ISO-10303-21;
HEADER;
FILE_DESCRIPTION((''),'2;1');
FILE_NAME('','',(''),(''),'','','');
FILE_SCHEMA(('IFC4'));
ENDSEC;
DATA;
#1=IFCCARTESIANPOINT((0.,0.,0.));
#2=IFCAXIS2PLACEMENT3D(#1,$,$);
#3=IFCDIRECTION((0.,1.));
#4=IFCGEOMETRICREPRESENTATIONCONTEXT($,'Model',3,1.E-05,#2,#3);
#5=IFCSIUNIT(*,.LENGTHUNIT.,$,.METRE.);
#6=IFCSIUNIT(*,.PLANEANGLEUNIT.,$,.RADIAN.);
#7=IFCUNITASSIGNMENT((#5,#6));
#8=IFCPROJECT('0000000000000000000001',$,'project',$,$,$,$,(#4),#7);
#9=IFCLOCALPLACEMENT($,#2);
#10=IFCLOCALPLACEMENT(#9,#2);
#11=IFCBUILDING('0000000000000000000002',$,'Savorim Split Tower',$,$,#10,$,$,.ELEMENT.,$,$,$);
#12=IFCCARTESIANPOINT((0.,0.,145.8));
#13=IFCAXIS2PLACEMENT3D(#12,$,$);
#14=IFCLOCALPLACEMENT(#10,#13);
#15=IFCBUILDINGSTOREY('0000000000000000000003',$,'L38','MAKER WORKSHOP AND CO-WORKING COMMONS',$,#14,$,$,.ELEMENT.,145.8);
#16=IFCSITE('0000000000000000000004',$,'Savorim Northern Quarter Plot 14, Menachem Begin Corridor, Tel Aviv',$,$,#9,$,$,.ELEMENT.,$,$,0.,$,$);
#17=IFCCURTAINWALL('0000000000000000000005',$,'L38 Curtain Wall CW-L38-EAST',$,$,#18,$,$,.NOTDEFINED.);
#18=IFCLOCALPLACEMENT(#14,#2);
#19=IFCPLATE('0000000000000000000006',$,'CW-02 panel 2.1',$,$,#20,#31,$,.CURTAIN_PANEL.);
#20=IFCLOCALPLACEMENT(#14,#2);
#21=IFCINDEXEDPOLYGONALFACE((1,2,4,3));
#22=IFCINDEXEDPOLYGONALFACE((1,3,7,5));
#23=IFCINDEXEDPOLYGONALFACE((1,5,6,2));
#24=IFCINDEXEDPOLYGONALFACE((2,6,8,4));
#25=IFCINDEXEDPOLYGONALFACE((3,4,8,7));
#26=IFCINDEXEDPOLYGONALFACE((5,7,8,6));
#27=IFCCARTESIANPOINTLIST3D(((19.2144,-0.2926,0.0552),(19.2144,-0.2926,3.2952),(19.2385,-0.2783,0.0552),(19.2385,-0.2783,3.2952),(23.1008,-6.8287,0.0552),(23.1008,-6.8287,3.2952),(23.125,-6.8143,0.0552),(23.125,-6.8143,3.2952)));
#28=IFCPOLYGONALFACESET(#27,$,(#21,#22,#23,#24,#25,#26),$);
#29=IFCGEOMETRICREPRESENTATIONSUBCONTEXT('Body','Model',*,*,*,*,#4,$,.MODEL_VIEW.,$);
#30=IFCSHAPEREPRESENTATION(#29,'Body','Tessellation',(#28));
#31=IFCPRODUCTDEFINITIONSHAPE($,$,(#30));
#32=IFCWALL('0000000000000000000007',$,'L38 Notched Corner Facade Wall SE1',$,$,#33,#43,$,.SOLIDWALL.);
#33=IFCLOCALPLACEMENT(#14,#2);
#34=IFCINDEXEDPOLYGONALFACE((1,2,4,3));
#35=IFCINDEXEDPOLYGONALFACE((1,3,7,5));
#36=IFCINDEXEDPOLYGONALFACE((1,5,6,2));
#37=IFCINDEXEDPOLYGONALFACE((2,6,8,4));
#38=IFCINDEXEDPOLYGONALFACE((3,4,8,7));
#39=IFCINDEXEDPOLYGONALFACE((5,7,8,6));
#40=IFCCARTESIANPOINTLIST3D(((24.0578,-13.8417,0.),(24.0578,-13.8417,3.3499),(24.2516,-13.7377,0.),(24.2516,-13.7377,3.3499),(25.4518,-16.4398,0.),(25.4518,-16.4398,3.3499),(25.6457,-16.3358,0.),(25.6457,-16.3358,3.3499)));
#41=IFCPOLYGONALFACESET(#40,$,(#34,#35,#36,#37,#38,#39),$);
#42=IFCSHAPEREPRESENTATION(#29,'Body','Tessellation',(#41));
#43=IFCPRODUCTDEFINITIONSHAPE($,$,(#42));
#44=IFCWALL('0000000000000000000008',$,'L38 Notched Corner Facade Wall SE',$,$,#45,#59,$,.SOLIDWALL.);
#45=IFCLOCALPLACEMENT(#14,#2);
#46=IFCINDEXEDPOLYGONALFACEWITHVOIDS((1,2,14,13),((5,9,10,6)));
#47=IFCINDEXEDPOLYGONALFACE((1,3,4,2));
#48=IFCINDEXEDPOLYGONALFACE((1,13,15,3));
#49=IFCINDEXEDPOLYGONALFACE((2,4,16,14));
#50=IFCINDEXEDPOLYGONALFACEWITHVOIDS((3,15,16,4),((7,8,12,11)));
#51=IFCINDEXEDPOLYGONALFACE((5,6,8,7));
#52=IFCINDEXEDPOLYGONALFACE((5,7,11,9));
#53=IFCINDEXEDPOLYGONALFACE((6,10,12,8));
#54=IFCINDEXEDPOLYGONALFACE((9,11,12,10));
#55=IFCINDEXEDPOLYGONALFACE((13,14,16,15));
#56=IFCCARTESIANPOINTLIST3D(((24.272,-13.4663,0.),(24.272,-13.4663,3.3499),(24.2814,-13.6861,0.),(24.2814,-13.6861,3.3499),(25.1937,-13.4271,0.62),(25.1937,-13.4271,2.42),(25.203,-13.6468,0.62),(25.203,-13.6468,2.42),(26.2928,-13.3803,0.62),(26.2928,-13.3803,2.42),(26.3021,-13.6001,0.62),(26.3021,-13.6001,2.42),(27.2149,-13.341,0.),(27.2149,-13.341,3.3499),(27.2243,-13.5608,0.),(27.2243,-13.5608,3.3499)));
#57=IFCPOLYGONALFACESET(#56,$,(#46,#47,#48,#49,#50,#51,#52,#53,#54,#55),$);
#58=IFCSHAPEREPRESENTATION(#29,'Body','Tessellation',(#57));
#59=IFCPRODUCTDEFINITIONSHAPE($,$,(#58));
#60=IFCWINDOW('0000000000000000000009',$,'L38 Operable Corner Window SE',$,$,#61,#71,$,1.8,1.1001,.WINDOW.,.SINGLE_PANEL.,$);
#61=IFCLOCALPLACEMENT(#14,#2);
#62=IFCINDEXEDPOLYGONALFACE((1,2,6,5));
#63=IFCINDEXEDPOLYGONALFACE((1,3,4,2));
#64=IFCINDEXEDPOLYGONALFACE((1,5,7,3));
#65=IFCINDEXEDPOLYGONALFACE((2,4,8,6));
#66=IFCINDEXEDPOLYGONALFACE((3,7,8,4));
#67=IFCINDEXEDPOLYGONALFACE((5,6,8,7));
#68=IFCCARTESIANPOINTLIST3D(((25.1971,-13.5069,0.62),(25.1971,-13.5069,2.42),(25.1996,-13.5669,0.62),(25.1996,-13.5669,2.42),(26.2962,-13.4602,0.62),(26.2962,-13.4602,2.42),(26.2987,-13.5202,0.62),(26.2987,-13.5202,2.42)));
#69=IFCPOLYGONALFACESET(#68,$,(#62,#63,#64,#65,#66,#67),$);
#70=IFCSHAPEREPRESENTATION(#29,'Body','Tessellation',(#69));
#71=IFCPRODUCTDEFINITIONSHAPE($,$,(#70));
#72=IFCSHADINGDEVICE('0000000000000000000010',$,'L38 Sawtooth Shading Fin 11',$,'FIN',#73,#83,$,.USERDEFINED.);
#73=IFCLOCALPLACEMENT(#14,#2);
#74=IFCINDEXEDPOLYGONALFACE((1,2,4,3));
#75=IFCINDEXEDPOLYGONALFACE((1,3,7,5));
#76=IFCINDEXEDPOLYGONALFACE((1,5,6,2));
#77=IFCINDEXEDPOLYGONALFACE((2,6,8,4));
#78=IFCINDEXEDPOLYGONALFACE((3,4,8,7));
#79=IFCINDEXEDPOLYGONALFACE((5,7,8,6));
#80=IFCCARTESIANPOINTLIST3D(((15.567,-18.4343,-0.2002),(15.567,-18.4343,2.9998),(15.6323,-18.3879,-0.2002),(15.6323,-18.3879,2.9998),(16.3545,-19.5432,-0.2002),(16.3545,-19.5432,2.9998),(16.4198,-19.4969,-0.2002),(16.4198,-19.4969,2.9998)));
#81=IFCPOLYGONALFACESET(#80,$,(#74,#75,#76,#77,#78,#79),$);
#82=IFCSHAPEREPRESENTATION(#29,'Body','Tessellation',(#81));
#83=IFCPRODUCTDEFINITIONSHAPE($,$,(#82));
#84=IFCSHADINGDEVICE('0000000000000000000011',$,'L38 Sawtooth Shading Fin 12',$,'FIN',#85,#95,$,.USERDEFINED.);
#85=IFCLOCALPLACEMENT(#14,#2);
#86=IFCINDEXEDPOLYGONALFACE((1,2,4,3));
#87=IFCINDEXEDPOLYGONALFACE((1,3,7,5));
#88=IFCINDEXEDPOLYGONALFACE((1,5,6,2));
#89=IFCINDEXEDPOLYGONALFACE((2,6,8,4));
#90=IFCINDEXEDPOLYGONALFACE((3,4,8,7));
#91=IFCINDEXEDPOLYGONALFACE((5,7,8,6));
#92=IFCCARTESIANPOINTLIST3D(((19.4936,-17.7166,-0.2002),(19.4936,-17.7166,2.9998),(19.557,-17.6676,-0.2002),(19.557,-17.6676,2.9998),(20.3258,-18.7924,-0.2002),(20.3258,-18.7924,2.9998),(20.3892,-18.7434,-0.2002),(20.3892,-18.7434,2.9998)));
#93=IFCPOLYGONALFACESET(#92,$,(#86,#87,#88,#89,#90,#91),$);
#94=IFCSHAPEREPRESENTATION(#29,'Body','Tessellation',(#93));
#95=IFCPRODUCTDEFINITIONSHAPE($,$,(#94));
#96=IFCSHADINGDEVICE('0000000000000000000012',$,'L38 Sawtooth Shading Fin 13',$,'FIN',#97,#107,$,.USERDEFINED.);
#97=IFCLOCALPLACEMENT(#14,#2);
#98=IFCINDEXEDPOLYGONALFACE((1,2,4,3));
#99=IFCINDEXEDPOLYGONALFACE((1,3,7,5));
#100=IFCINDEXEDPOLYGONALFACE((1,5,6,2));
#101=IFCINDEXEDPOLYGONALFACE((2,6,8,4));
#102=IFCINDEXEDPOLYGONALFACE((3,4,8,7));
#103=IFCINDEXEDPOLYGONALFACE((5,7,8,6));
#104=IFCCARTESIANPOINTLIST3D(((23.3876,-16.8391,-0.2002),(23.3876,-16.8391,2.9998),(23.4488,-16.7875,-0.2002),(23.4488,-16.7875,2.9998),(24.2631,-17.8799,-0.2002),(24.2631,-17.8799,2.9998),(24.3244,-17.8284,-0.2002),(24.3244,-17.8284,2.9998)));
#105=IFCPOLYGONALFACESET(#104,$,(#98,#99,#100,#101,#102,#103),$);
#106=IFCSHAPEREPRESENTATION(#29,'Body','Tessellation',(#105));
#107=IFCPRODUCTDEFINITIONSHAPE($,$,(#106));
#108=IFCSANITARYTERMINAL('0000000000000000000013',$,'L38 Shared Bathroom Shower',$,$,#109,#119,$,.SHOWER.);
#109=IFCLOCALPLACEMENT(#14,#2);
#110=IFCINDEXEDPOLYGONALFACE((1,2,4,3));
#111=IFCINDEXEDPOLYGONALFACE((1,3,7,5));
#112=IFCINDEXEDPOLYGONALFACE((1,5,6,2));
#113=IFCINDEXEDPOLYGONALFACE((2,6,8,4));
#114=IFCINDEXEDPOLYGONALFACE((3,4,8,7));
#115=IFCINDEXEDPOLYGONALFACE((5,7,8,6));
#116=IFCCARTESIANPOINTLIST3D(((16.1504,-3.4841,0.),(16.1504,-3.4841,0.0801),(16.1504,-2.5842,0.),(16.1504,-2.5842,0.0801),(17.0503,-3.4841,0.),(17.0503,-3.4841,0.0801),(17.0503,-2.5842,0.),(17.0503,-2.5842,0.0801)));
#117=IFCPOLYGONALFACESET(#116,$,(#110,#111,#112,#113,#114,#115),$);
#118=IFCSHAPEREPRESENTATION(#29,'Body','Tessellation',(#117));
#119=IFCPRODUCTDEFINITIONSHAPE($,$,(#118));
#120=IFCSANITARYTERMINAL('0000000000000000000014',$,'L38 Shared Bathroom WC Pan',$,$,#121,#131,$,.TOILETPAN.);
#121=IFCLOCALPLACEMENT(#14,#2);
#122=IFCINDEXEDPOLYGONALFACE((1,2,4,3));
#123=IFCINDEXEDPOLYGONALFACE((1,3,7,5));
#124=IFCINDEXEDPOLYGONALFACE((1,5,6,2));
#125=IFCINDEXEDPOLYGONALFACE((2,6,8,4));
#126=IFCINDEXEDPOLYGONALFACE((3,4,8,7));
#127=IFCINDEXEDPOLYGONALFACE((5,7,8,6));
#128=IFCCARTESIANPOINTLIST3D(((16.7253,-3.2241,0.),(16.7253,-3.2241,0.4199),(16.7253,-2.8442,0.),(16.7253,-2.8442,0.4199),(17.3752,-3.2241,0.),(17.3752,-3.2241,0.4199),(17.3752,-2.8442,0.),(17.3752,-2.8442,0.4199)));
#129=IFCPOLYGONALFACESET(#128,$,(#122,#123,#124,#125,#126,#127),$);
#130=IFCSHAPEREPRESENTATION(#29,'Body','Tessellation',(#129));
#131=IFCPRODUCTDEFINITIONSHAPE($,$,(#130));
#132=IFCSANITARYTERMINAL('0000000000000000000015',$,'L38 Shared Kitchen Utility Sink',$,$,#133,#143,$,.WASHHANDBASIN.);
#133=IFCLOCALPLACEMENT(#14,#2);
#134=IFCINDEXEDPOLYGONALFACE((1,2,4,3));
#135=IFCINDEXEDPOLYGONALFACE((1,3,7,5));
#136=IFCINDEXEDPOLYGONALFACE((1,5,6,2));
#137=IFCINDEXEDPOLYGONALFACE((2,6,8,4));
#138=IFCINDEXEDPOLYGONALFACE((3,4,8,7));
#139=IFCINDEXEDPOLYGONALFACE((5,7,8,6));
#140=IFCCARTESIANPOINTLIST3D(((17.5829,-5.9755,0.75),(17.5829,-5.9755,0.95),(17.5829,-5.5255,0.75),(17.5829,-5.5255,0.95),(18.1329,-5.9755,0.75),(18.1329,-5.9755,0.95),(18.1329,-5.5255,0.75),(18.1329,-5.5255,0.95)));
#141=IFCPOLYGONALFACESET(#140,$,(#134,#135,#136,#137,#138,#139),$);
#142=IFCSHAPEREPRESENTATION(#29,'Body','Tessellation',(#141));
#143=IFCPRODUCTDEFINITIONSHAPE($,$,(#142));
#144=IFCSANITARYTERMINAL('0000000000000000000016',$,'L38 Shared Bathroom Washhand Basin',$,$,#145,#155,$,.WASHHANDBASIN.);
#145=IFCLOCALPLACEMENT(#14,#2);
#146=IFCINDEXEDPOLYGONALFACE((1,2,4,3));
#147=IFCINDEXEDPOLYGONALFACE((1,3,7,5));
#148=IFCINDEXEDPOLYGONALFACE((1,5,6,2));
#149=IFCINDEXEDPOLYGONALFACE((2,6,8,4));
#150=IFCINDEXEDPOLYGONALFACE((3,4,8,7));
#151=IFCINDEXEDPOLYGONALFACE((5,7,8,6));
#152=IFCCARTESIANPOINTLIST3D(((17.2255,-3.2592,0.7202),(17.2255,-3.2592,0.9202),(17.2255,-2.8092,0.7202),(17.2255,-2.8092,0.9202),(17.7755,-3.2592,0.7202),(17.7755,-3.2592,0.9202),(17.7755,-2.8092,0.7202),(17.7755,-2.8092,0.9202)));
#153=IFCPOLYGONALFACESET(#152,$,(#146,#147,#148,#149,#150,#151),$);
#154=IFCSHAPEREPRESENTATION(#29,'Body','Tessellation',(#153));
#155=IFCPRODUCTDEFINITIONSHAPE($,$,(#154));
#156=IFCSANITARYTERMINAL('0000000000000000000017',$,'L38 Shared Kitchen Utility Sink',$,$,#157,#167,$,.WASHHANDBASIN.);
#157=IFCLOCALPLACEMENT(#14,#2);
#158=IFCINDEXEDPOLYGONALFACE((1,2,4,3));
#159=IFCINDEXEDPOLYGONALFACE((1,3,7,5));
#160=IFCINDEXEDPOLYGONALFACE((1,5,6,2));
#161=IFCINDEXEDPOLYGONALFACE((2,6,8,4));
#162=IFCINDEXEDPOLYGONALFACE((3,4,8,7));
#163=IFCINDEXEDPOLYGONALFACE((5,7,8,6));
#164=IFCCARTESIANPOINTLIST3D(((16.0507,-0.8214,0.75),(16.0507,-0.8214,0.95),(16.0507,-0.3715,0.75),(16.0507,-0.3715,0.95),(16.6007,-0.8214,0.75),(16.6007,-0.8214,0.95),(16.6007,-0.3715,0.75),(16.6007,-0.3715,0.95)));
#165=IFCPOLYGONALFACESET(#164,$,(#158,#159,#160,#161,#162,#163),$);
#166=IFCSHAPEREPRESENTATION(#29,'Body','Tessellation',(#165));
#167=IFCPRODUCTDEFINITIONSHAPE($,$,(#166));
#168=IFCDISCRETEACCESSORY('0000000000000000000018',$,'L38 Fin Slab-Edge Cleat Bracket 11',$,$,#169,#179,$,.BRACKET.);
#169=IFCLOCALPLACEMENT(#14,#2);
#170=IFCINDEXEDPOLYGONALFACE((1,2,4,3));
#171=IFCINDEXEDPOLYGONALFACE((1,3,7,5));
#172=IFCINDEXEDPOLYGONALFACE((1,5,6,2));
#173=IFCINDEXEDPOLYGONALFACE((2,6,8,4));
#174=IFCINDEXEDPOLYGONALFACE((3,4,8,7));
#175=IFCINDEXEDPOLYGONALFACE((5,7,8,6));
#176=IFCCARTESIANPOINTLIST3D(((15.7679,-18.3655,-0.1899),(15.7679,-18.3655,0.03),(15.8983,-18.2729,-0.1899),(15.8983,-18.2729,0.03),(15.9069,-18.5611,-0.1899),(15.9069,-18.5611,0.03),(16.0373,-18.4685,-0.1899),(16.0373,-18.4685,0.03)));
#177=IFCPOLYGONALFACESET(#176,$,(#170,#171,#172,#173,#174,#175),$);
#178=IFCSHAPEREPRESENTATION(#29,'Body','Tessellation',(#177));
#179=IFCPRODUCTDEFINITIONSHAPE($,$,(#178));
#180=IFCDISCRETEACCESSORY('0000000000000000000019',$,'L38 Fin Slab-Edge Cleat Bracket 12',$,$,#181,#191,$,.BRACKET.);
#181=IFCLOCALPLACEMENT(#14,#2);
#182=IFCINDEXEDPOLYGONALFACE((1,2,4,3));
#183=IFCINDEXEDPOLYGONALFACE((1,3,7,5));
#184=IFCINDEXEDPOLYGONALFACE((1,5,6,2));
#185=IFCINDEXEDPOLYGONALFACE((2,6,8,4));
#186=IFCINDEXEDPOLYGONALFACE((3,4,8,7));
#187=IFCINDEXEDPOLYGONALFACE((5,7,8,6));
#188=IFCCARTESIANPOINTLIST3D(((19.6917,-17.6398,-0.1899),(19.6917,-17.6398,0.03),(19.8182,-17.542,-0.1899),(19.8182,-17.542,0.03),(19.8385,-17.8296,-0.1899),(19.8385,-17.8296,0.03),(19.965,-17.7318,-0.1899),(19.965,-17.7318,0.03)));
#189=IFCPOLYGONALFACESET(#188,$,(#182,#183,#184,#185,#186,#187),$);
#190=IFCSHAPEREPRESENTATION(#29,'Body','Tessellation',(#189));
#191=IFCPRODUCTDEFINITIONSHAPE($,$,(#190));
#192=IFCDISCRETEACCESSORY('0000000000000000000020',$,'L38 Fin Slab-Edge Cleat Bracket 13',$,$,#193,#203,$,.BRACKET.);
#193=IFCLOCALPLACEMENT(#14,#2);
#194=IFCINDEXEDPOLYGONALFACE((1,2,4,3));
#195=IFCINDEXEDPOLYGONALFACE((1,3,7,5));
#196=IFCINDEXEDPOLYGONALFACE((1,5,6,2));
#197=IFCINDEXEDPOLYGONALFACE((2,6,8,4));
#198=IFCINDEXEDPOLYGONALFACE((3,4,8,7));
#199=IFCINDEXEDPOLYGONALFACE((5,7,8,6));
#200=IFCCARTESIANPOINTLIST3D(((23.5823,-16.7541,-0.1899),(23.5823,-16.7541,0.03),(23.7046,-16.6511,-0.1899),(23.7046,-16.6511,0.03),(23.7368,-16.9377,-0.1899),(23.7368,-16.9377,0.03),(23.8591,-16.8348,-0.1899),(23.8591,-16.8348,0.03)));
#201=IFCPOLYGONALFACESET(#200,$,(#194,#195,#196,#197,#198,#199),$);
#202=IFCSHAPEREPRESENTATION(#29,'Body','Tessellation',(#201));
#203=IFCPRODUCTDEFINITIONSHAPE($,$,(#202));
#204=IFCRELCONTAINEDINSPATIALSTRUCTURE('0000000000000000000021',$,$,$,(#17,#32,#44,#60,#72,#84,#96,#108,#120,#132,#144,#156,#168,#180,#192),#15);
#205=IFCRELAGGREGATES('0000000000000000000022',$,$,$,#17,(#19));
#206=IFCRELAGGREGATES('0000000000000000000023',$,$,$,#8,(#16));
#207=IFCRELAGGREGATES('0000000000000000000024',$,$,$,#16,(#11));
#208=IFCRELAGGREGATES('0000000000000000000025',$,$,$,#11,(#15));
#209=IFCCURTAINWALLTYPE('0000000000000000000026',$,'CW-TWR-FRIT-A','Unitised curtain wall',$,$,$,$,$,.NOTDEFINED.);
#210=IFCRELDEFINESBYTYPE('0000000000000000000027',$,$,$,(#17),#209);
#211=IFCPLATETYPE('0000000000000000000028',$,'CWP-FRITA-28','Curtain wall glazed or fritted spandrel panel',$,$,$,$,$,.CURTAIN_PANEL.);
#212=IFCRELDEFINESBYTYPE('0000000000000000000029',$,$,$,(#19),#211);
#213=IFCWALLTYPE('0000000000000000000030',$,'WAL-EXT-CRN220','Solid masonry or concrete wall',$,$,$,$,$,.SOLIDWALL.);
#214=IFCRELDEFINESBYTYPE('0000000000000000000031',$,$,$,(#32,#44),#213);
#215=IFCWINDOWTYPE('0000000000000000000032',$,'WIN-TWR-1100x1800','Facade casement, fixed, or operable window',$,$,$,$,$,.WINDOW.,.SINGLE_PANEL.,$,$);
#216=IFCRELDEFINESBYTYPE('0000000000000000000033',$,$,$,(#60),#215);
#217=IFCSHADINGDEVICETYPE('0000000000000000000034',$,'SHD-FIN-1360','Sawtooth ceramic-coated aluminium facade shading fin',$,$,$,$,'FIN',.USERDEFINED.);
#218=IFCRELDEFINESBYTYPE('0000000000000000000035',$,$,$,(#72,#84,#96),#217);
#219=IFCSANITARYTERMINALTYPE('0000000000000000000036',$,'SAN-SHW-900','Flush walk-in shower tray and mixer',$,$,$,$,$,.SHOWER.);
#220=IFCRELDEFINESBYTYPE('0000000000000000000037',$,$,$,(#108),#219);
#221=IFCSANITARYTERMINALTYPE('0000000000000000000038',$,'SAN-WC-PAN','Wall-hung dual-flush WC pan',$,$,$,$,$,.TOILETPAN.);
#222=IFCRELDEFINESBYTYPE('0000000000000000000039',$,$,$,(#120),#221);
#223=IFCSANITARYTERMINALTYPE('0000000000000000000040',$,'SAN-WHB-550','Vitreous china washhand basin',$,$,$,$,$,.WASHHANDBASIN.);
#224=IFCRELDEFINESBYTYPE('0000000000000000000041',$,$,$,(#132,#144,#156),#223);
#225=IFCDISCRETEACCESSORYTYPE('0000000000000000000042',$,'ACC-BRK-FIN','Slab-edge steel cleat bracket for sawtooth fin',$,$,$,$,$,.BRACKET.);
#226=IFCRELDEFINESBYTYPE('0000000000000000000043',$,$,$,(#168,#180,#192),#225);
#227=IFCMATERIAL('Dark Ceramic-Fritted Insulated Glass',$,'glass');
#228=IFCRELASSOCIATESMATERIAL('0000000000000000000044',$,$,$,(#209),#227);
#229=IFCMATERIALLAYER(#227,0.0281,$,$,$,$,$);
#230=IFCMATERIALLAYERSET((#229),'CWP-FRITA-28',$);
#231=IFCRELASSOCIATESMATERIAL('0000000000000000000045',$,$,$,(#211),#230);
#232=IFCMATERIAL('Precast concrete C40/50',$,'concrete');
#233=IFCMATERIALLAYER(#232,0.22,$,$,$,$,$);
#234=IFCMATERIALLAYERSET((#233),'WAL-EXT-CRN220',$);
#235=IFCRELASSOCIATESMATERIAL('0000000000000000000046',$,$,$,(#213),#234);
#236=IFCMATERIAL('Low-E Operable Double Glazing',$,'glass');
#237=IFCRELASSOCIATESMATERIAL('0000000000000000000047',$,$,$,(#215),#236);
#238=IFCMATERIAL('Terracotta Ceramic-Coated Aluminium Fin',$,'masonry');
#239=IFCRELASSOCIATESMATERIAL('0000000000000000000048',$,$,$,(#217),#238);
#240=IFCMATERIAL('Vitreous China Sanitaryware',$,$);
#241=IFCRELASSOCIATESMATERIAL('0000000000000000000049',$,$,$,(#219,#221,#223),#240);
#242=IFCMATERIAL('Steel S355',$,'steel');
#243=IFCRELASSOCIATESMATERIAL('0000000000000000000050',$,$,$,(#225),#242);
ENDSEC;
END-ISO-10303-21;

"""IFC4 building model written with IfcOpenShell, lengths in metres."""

from ifc_helpers import new_model, si_unit, direction, frame, frame_2d, origin, origin_2d, place, context, subcontext, project, spatial, rectangle, extrude, material, layer, layer_set, type_object, element, fill, aggregate, save


model = new_model("IFC4")

# Units and contexts
model_context = context("Model", 3, precision=1e-05, world=origin(), true_north=direction((0.0, 1.0)))
body_context = subcontext(model_context, "Body", "Model", "MODEL_VIEW")
ifc_project = project(units=[si_unit("LENGTHUNIT", "METRE"), si_unit("PLANEANGLEUNIT", "RADIAN")], contexts=[model_context])

# Site, building, storey
site_placement = place(None, origin())
site = spatial("IfcSite", under=ifc_project, at=site_placement, Name="Savorim Northern Quarter Plot 14, Menachem Begin Corridor, Tel Aviv", CompositionType="ELEMENT", RefElevation=0.0)
building_placement = place(site_placement, origin())
building = spatial("IfcBuilding", under=site, at=building_placement, Name="Savorim Split Tower", CompositionType="ELEMENT")
storey_placement = place(building_placement, frame((0.0, 0.0, 145.8)))
storey = spatial("IfcBuildingStorey", under=building, at=storey_placement, Name="L38", Description="MAKER WORKSHOP AND CO-WORKING COMMONS", CompositionType="ELEMENT", Elevation=145.8)

# Shared definitions
ifc_material_1 = material(Name="Steel S355", Category="steel")

# Curtain wall
ifc_material_2 = material(Name="Dark Ceramic-Fritted Insulated Glass", Category="glass")
curtain_wall_type = type_object("IfcCurtainWallType", Name="CW-TWR-FRIT-A", Description="Unitised curtain wall", PredefinedType="NOTDEFINED", material=ifc_material_2)
curtain_wall_1_placement = place(storey_placement, origin())
curtain_wall_1 = element("IfcCurtainWall", 1, at=curtain_wall_1_placement, inside=storey, type_object=curtain_wall_type, Name="L38 Curtain Wall CW-L38-EAST", PredefinedType="NOTDEFINED")

# Plate
ifc_layer_1 = layer(ifc_material_2, 0.0281)
ifc_layer_set_1 = layer_set([ifc_layer_1], Name="CWP-FRITA-28")
plate_type = type_object("IfcPlateType", Name="CWP-FRITA-28", Description="Curtain wall glazed or fritted spandrel panel", PredefinedType="CURTAIN_PANEL", material=ifc_layer_set_1)
plate_1_placement = place(storey_placement, frame((21.1697, -3.5535, 0.0552), z_axis=(0.0, 0.0, 1.0), x_axis=(-0.511091, 0.859526, 0.0)))
plate_1 = element("IfcPlate", 2, at=plate_1_placement, type_object=plate_type, Name="CW-02 panel 2.1", PredefinedType="CURTAIN_PANEL", context=body_context, shape_type="SweptSolid", body=[
    extrude(rectangle(XDim=7.6042, YDim=0.0281, at=origin_2d()), origin(), (0.0, 0.0, 1.0), 3.24),
])
aggregate(curtain_wall_1, [plate_1])

# Wall
ifc_material_3 = material(Name="Precast concrete C40/50", Category="concrete")
ifc_layer_2 = layer(ifc_material_3, 0.22)
ifc_layer_set_2 = layer_set([ifc_layer_2], Name="WAL-EXT-CRN220")
wall_type = type_object("IfcWallType", Name="WAL-EXT-CRN220", Description="Solid masonry or concrete wall", PredefinedType="SOLIDWALL", material=ifc_layer_set_2)
wall_1_placement = place(storey_placement, frame((24.1548, -13.7898, 0.0), z_axis=(0.0, 0.0, 1.0), x_axis=(0.472796, -0.881172, 0.0)))
element("IfcWall", 3, at=wall_1_placement, inside=storey, type_object=wall_type, Name="L38 Notched Corner Facade Wall SE1", PredefinedType="SOLIDWALL", context=body_context, shape_type="SweptSolid", body=[
    extrude(rectangle(XDim=2.9485, YDim=0.22, at=frame_2d((1.4741, 0.0))), origin(), (0.0, 0.0, 1.0), 3.3499),
])

# Wall, opening, window
wall_2_placement = place(storey_placement, frame((27.2195, -13.4509, 0.0), z_axis=(0.0, 0.0, 1.0), x_axis=(-0.999096, -0.04252, 0.0)))
wall_2 = element("IfcWall", 4, at=wall_2_placement, inside=storey, type_object=wall_type, Name="L38 Notched Corner Facade Wall SE", PredefinedType="SOLIDWALL", context=body_context, shape_type="SweptSolid", body=[
    extrude(rectangle(XDim=2.9456, YDim=0.22, at=frame_2d((1.4727, 0.0))), origin(), (0.0, 0.0, 1.0), 3.3499),
])
opening_placement = place(wall_2_placement, frame((0.9229, 0.0, 0.6201)))
opening = element("IfcOpeningElement", 5, at=opening_placement, cuts=wall_2, PredefinedType="OPENING", context=body_context, shape_type="SweptSolid", body=[
    extrude(rectangle(XDim=1.1001, YDim=1.8, at=frame_2d((0.55, 0.8999))), frame((0.0, 0.1199, 0.0), z_axis=(0.0, -1.0, 0.0), x_axis=(1.0, 0.0, 0.0)), (0.0, 0.0, 1.0), 0.24),
])
ifc_material_4 = material(Name="Low-E Operable Double Glazing", Category="glass")
window_type = type_object("IfcWindowType", Name="WIN-TWR-1100x1800", Description="Facade casement, fixed, or operable window", PartitioningType="SINGLE_PANEL", PredefinedType="WINDOW", material=ifc_material_4)
window_placement = place(opening_placement, origin())
window = element("IfcWindow", 6, at=window_placement, inside=storey, type_object=window_type, Name="L38 Operable Corner Window SE", OverallHeight=1.8, OverallWidth=1.1001, PartitioningType="SINGLE_PANEL", PredefinedType="WINDOW", context=body_context, shape_type="SweptSolid", body=[
    extrude(rectangle(XDim=1.1001, YDim=1.8, at=frame_2d((0.55, 0.8999))), frame((0.0, 0.03, 0.0), z_axis=(0.0, -1.0, 0.0), x_axis=(1.0, 0.0, 0.0)), (0.0, 0.0, 1.0), 0.0601),
])
fill(opening, window)

# Shading devices
ifc_material_5 = material(Name="Terracotta Ceramic-Coated Aluminium Fin", Category="masonry")
shading_device_type = type_object("IfcShadingDeviceType", Name="SHD-FIN-1360", Description="Sawtooth ceramic-coated aluminium facade shading fin", ElementType="FIN", PredefinedType="USERDEFINED", material=ifc_material_5)
for number, where, z_axis, x_axis, name in (
    (7, (15.9934, -18.9656, -0.2002), (0.0, 0.0, 1.0), (0.578994, -0.815332, 0.0), "L38 Sawtooth Shading Fin 11"),
    (8, (19.9414, -18.23, -0.2002), (0.0, 0.0, 1.0), (0.611868, -0.79096, 0.0), "L38 Sawtooth Shading Fin 12"),
    (9, (23.856, -17.3337, -0.2002), (0.0, 0.0, 1.0), (0.643719, -0.765262, 0.0), "L38 Sawtooth Shading Fin 13"),
):
    element("IfcShadingDevice", number, at=place(storey_placement, frame(where, z_axis=z_axis, x_axis=x_axis)), inside=storey, type_object=shading_device_type, Name=name, ObjectType="FIN", PredefinedType="USERDEFINED", context=body_context, shape_type="SweptSolid", body=[
        extrude(rectangle(XDim=1.3601, YDim=0.0801, at=origin_2d()), origin(), (0.0, 0.0, 1.0), 3.2),
    ])

# Sanitary terminals
ifc_material_6 = material(Name="Vitreous China Sanitaryware")
sanitary_terminal_type_1 = type_object("IfcSanitaryTerminalType", Name="SAN-SHW-900", Description="Flush walk-in shower tray and mixer", PredefinedType="SHOWER", material=ifc_material_6)
sanitary_terminal_1_placement = place(storey_placement, frame((16.6003, -3.0342, 0.0), z_axis=(0.0, 0.0, 1.0), x_axis=(1.0, 0.0, 0.0)))
element("IfcSanitaryTerminal", 10, at=sanitary_terminal_1_placement, inside=storey, type_object=sanitary_terminal_type_1, Name="L38 Shared Bathroom Shower", PredefinedType="SHOWER", context=body_context, shape_type="SweptSolid", body=[
    extrude(rectangle(XDim=0.8999, YDim=0.8999, at=origin_2d()), origin(), (0.0, 0.0, 1.0), 0.0801),
])
sanitary_terminal_type_2 = type_object("IfcSanitaryTerminalType", Name="SAN-WC-PAN", Description="Wall-hung dual-flush WC pan", PredefinedType="TOILETPAN", material=ifc_material_6)
sanitary_terminal_2_placement = place(storey_placement, frame((17.0503, -3.0342, 0.0), z_axis=(0.0, 0.0, 1.0), x_axis=(1.0, 0.0, 0.0)))
element("IfcSanitaryTerminal", 11, at=sanitary_terminal_2_placement, inside=storey, type_object=sanitary_terminal_type_2, Name="L38 Shared Bathroom WC Pan", PredefinedType="TOILETPAN", context=body_context, shape_type="SweptSolid", body=[
    extrude(rectangle(XDim=0.6499, YDim=0.3799, at=origin_2d()), origin(), (0.0, 0.0, 1.0), 0.4199),
])
sanitary_terminal_type_3 = type_object("IfcSanitaryTerminalType", Name="SAN-WHB-550", Description="Vitreous china washhand basin", PredefinedType="WASHHANDBASIN", material=ifc_material_6)
for number, where, z_axis, x_axis, name in (
    (12, (17.8579, -5.7505, 0.75), (0.0, 0.0, 1.0), (1.0, 0.0, 0.0), "L38 Shared Kitchen Utility Sink"),
    (13, (17.5005, -3.0342, 0.7202), (0.0, 0.0, 1.0), (1.0, 0.0, 0.0), "L38 Shared Bathroom Washhand Basin"),
    (14, (16.3257, -0.5964, 0.75), (0.0, 0.0, 1.0), (1.0, 0.0, 0.0), "L38 Shared Kitchen Utility Sink"),
):
    element("IfcSanitaryTerminal", number, at=place(storey_placement, frame(where, z_axis=z_axis, x_axis=x_axis)), inside=storey, type_object=sanitary_terminal_type_3, Name=name, PredefinedType="WASHHANDBASIN", context=body_context, shape_type="SweptSolid", body=[
        extrude(rectangle(XDim=0.55, YDim=0.45, at=origin_2d()), origin(), (0.0, 0.0, 1.0), 0.2),
    ])

# Discrete accessories
discrete_accessory_type = type_object("IfcDiscreteAccessoryType", Name="ACC-BRK-FIN", Description="Slab-edge steel cleat bracket for sawtooth fin", PredefinedType="BRACKET", material=ifc_material_1)
for number, where, z_axis, x_axis, name in (
    (15, (15.9026, -18.417, -0.1899), (0.0, 0.0, 1.0), (0.578994, -0.815332, 0.0), "L38 Fin Slab-Edge Cleat Bracket 11"),
    (16, (19.8284, -17.6858, -0.1899), (0.0, 0.0, 1.0), (0.611868, -0.79096, 0.0), "L38 Fin Slab-Edge Cleat Bracket 12"),
    (17, (23.7207, -16.7944, -0.1899), (0.0, 0.0, 1.0), (0.643719, -0.765262, 0.0), "L38 Fin Slab-Edge Cleat Bracket 13"),
):
    element("IfcDiscreteAccessory", number, at=place(storey_placement, frame(where, z_axis=z_axis, x_axis=x_axis)), inside=storey, type_object=discrete_accessory_type, Name=name, PredefinedType="BRACKET", context=body_context, shape_type="SweptSolid", body=[
        extrude(rectangle(XDim=0.24, YDim=0.1599, at=origin_2d()), origin(), (0.0, 0.0, 1.0), 0.22),
    ])

save(model, "model.ifc")
